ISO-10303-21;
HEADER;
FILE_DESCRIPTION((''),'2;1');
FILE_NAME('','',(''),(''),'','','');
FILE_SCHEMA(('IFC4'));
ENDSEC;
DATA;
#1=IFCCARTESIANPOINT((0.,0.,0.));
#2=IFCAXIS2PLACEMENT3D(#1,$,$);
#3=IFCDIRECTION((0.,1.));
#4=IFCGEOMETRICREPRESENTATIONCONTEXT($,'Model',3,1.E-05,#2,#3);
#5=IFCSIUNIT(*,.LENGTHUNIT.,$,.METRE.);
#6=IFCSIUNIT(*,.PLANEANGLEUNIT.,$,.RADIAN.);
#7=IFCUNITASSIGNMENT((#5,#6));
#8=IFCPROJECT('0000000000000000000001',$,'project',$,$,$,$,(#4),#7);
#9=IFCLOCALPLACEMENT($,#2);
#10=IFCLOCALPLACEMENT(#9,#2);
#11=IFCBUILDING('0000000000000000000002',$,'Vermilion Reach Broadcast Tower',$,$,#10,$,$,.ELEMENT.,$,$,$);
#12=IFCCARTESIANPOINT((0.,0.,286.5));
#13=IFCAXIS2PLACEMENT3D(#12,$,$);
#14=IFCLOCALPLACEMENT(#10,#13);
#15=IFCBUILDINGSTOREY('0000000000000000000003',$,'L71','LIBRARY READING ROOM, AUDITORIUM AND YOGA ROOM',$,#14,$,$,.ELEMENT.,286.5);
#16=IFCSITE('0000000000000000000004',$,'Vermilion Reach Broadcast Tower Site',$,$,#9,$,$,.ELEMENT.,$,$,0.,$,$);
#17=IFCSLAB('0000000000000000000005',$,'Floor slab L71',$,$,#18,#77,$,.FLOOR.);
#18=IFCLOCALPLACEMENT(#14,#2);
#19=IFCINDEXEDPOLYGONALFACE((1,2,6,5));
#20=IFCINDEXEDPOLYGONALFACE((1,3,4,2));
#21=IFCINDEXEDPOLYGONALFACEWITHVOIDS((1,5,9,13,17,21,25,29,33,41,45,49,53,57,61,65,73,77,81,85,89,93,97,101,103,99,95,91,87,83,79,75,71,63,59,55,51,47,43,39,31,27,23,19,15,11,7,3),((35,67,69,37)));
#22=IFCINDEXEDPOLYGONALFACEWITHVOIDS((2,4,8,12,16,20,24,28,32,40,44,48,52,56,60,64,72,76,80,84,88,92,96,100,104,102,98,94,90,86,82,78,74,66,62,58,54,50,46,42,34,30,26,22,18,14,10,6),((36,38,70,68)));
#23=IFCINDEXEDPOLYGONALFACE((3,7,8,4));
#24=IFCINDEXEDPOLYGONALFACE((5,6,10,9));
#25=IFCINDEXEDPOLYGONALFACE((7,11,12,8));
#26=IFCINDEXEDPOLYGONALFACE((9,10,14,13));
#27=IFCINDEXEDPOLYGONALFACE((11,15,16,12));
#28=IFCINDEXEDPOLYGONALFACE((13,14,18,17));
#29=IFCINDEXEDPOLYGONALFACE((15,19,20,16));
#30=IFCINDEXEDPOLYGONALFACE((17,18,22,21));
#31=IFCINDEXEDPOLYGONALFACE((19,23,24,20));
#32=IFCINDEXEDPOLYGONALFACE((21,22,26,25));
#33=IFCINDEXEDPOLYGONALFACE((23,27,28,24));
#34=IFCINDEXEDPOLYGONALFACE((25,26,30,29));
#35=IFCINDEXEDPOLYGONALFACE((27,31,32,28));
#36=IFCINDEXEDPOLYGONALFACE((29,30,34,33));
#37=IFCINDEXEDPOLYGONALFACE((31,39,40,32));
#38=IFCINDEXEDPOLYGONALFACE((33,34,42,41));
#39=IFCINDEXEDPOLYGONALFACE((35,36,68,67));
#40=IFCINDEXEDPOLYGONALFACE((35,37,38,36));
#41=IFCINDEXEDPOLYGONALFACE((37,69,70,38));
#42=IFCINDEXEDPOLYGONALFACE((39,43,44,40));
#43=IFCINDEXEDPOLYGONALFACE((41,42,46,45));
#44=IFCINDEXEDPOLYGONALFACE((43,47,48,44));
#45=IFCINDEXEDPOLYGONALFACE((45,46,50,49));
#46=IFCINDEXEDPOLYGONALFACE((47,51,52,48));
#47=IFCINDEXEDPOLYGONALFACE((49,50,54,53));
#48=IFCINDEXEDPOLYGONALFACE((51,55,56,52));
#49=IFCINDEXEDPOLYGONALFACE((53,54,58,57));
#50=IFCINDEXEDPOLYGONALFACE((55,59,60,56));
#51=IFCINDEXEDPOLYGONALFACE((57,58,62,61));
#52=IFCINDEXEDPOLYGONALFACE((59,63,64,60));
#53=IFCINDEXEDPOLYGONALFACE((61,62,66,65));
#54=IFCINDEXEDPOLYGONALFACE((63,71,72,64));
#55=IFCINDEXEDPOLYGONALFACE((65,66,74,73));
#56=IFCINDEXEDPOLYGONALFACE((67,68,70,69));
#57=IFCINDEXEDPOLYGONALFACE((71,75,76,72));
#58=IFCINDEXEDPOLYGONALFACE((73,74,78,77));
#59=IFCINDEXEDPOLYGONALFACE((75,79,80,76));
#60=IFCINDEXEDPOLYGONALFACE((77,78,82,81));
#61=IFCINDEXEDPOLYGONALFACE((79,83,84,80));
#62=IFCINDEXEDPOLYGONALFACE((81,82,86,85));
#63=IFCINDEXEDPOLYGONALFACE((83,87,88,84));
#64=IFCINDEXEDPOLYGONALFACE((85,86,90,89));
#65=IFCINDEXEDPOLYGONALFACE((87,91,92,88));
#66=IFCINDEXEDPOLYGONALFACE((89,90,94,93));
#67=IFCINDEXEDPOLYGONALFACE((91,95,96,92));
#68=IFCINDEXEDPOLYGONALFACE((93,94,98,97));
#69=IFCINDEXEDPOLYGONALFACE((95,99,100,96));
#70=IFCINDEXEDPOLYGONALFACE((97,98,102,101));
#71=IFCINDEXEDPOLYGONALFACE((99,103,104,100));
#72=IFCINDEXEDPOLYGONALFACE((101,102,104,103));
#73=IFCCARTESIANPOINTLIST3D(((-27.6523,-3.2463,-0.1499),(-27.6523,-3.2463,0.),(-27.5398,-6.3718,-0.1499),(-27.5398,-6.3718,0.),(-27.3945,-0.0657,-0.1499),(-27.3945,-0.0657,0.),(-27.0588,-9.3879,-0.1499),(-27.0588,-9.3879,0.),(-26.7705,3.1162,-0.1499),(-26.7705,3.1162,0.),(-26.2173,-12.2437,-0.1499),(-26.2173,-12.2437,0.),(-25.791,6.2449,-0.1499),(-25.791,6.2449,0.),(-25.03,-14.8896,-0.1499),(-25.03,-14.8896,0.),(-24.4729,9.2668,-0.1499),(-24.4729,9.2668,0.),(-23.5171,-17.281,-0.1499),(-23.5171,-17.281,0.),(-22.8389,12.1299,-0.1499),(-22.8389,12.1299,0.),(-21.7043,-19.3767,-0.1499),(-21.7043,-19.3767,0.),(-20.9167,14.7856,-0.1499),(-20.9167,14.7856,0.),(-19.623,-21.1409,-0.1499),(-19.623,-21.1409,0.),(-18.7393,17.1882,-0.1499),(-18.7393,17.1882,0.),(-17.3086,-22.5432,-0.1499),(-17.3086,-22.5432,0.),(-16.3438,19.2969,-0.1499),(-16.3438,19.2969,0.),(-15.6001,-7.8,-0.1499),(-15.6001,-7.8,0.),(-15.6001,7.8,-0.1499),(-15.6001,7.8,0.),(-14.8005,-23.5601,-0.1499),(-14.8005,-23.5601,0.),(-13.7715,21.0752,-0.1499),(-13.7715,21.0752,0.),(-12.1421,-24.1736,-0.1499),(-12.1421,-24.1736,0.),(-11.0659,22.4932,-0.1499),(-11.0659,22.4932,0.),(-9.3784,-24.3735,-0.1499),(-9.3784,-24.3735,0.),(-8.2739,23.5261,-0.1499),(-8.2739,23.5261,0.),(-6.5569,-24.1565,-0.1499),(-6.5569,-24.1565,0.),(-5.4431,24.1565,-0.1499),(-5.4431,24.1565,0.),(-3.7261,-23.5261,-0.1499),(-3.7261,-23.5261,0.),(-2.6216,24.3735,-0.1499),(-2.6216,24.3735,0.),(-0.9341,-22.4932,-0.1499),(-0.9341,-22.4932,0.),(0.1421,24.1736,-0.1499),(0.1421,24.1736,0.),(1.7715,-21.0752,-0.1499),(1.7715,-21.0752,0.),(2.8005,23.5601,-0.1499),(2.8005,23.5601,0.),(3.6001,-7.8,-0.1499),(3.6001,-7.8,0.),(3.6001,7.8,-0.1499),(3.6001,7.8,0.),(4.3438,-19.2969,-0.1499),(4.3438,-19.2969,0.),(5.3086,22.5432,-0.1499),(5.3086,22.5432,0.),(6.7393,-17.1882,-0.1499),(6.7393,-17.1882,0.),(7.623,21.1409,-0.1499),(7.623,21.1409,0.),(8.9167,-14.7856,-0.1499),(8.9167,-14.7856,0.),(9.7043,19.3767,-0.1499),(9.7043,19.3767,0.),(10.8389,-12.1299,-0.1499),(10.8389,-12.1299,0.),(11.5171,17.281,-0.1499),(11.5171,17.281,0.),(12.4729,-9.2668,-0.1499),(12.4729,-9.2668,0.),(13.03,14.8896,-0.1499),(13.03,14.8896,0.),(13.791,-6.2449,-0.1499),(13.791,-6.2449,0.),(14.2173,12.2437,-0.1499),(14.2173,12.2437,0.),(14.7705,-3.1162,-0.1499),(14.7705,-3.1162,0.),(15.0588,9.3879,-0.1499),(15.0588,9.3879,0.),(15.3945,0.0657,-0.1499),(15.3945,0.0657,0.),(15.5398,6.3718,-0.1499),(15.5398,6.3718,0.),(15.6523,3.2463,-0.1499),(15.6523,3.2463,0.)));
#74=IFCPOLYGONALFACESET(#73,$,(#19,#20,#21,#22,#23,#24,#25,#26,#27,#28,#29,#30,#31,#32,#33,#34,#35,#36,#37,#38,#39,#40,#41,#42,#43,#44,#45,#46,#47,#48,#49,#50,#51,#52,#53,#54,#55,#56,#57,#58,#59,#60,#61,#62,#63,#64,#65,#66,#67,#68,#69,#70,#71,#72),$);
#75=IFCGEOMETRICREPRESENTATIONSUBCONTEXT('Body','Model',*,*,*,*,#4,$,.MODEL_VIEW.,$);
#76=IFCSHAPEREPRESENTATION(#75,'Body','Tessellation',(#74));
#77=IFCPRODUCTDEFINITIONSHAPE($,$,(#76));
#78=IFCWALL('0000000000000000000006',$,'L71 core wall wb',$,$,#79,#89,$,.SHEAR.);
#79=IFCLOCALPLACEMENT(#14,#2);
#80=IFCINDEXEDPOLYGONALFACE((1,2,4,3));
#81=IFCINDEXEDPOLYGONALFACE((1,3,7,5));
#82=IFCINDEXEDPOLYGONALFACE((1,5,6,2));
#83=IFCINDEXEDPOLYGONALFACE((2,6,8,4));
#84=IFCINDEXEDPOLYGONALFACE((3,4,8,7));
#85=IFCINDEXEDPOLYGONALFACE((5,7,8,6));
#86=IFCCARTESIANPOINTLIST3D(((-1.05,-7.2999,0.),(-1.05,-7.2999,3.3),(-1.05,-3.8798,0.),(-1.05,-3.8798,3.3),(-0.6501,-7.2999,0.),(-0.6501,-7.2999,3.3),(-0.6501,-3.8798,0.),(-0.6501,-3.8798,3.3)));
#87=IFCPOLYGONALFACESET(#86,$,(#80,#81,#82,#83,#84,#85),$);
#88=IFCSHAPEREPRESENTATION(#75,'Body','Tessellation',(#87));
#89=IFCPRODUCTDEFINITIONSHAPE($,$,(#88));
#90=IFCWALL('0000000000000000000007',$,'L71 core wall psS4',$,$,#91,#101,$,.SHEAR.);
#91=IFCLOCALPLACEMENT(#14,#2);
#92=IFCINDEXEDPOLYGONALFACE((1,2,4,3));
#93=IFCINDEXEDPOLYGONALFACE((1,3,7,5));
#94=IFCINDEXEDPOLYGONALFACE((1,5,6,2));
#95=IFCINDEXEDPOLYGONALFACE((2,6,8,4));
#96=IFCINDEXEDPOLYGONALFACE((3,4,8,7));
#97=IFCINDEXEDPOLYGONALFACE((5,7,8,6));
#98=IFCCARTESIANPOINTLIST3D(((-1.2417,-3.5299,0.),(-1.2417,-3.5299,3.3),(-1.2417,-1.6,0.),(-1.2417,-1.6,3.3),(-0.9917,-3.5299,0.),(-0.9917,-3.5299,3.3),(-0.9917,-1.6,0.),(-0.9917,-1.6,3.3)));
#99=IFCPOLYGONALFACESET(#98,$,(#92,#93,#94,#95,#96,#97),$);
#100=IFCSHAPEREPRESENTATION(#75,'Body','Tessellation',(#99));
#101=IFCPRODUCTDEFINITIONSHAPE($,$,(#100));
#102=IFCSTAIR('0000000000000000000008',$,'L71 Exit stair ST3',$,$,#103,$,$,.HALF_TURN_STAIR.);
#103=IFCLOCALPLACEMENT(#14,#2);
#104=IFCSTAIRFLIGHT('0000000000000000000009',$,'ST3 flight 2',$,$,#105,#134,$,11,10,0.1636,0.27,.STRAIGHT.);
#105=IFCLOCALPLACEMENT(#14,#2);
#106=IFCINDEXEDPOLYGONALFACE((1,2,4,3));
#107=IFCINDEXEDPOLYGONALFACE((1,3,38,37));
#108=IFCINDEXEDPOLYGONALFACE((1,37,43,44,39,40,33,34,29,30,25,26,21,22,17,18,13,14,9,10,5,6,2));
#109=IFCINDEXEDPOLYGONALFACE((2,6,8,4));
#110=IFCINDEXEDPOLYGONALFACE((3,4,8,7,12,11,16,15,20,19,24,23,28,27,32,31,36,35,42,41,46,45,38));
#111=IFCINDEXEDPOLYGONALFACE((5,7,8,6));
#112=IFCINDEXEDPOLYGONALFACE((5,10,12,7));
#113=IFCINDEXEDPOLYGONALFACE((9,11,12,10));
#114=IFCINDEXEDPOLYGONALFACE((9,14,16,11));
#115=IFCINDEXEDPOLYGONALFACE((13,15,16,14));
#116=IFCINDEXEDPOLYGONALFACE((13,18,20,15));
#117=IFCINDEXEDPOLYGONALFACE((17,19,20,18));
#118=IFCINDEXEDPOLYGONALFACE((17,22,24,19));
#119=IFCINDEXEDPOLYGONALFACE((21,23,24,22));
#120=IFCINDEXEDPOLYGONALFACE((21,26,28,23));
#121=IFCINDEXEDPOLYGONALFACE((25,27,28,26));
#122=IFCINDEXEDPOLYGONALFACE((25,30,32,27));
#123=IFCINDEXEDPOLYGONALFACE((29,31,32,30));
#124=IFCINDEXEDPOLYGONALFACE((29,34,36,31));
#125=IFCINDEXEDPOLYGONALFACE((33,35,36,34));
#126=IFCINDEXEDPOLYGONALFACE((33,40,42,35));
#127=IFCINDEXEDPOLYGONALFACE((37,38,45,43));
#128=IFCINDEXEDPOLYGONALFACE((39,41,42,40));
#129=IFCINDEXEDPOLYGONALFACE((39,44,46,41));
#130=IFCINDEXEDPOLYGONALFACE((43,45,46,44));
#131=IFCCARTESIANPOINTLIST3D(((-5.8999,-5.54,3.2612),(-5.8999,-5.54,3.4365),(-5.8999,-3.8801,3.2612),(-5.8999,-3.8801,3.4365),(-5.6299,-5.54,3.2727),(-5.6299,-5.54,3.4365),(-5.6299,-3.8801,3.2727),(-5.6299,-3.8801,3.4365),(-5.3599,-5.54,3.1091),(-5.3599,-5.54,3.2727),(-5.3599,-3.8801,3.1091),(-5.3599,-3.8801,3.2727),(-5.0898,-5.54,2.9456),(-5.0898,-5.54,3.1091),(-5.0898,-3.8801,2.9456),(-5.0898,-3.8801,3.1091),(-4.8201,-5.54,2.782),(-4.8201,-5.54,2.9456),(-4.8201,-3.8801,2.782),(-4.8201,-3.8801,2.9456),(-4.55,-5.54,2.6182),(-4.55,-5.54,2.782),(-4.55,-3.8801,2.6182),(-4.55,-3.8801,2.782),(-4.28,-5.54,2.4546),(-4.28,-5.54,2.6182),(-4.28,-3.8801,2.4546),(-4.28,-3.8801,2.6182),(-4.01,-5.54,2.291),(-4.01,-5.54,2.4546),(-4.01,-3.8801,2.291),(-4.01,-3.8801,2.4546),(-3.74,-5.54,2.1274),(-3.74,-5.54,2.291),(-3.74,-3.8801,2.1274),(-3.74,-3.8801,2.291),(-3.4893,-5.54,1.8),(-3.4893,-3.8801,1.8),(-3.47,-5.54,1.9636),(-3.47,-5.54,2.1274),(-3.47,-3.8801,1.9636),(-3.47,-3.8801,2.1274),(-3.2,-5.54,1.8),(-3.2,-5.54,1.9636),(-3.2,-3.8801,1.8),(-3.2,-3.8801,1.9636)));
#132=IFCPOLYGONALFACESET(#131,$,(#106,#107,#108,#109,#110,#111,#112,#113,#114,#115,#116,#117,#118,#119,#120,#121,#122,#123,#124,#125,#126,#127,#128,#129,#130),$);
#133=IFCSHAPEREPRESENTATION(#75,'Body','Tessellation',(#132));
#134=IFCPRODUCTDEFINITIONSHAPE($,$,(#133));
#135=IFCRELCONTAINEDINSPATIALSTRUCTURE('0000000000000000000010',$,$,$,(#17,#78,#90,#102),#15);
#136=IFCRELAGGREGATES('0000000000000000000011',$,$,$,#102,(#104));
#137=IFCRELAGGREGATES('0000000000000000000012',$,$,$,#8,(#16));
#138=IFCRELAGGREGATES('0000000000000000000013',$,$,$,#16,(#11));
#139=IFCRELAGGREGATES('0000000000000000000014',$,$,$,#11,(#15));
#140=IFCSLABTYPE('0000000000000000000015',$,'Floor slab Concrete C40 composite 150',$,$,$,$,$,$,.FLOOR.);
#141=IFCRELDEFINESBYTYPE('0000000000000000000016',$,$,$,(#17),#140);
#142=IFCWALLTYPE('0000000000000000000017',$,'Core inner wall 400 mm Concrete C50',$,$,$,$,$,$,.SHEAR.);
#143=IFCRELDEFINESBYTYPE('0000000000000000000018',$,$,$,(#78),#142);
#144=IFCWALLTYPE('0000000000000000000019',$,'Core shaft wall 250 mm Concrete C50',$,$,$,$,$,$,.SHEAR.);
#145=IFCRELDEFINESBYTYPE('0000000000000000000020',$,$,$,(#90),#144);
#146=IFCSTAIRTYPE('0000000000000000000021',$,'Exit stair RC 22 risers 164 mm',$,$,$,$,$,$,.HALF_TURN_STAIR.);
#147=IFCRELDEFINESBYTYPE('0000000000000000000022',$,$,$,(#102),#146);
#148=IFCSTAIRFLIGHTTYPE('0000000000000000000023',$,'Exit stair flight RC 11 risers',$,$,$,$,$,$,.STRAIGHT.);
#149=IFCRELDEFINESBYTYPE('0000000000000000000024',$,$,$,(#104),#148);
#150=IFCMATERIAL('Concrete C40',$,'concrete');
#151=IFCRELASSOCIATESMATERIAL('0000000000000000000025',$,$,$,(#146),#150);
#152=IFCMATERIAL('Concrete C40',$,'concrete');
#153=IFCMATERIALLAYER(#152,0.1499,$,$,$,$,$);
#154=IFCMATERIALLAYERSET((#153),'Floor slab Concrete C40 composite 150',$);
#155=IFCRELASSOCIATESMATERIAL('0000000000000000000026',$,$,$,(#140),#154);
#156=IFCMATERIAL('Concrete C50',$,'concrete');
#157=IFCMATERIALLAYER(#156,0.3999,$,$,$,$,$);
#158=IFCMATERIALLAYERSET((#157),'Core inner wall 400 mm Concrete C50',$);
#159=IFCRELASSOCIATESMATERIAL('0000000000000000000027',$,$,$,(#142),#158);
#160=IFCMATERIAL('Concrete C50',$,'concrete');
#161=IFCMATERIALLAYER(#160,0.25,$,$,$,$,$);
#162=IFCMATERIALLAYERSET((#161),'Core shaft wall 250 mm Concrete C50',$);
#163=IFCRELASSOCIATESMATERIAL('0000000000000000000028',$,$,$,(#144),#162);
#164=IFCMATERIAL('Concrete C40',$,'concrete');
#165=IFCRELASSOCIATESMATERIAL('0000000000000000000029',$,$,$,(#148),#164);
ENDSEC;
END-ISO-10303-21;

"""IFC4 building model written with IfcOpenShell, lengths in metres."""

from ifc_helpers import new_model, si_unit, direction, frame, frame_2d, origin, place, context, subcontext, project, spatial, polyline, rectangle, outline, extrude, material, layer, layer_set, type_object, element, aggregate, save


model = new_model("IFC4")

# Units and contexts
model_context = context("Model", 3, precision=1e-05, world=origin(), true_north=direction((0.0, 1.0)))
body_context = subcontext(model_context, "Body", "Model", "MODEL_VIEW")
ifc_project = project(units=[si_unit("LENGTHUNIT", "METRE"), si_unit("PLANEANGLEUNIT", "RADIAN")], contexts=[model_context])

# Site, building, storey
site_placement = place(None, origin())
site = spatial("IfcSite", under=ifc_project, at=site_placement, Name="Vermilion Reach Broadcast Tower Site", CompositionType="ELEMENT", RefElevation=0.0)
building_placement = place(site_placement, origin())
building = spatial("IfcBuilding", under=site, at=building_placement, Name="Vermilion Reach Broadcast Tower", CompositionType="ELEMENT")
storey_placement = place(building_placement, frame((0.0, 0.0, 286.5)))
storey = spatial("IfcBuildingStorey", under=building, at=storey_placement, Name="L71", Description="LIBRARY READING ROOM, AUDITORIUM AND YOGA ROOM", CompositionType="ELEMENT", Elevation=286.5)

# Shared definitions
ifc_material_1 = material(Name="Concrete C40", Category="concrete")
stair_type = type_object("IfcStairType", Name="Exit stair RC 22 risers 164 mm", PredefinedType="HALF_TURN_STAIR", material=ifc_material_1)
placement_1 = place(storey_placement, origin())

# Slab
ifc_material_2 = material(Name="Concrete C40", Category="concrete")
ifc_layer_1 = layer(ifc_material_2, 0.1499)
ifc_layer_set_1 = layer_set([ifc_layer_1], Name="Floor slab Concrete C40 composite 150")
slab_type_1 = type_object("IfcSlabType", Name="Floor slab Concrete C40 composite 150", PredefinedType="FLOOR", material=ifc_layer_set_1)
slab_1_placement = place(storey_placement, frame((0.0, 0.0, -0.1499)))
element("IfcSlab", 1, at=slab_1_placement, inside=storey, type_object=slab_type_1, Name="Floor slab L71", PredefinedType="FLOOR", context=body_context, shape_type="SweptSolid", body=[
    extrude(outline(polyline([(5.3086, 22.5432), (2.8005, 23.5601), (0.1421, 24.1736), (-2.6216, 24.3735), (-5.4431, 24.1565), (-8.2739, 23.5261), (-11.0659, 22.4932), (-13.7715, 21.0752), (-16.3438, 19.2969), (-18.7393, 17.1882), (-20.9167, 14.7856), (-22.8389, 12.1299), (-24.4729, 9.2668), (-25.791, 6.2449), (-26.7705, 3.1162), (-27.3945, -0.0657), (-27.6523, -3.2463), (-27.5398, -6.3718), (-27.0588, -9.3879), (-26.2173, -12.2437), (-25.03, -14.8896), (-23.5171, -17.281), (-21.7043, -19.3767), (-19.623, -21.1409), (-17.3086, -22.5432), (-14.8005, -23.5601), (-12.1421, -24.1736), (-9.3784, -24.3735), (-6.5569, -24.1565), (-3.7261, -23.5261), (-0.9341, -22.4932), (1.7715, -21.0752), (4.3438, -19.2969), (6.7393, -17.1882), (8.9167, -14.7856), (10.8389, -12.1299), (12.4729, -9.2668), (13.791, -6.2449), (14.7705, -3.1162), (15.3945, 0.0657), (15.6523, 3.2463), (15.5398, 6.3718), (15.0588, 9.3879), (14.2173, 12.2437), (13.03, 14.8896), (11.5171, 17.281), (9.7043, 19.3767), (7.623, 21.1409), (5.3086, 22.5432)]), holes=[polyline([(-15.6001, -7.8), (3.6001, -7.8), (3.6001, 7.8), (-15.6001, 7.8), (-15.6001, -7.8)])]), origin(), (0.0, 0.0, 1.0), 0.1499),
])

# Walls
ifc_material_3 = material(Name="Concrete C50", Category="concrete")
ifc_layer_2 = layer(ifc_material_3, 0.3999)
ifc_layer_set_2 = layer_set([ifc_layer_2], Name="Core inner wall 400 mm Concrete C50")
wall_type_1 = type_object("IfcWallType", Name="Core inner wall 400 mm Concrete C50", PredefinedType="SHEAR", material=ifc_layer_set_2)
wall_1_placement = place(storey_placement, frame((-0.8501, -3.8799, 0.0), z_axis=(0.0, 0.0, 1.0), x_axis=(0.0, -1.0, 0.0)))
element("IfcWall", 2, at=wall_1_placement, inside=storey, type_object=wall_type_1, Name="L71 core wall wb", PredefinedType="SHEAR", context=body_context, shape_type="SweptSolid", body=[
    extrude(rectangle(XDim=3.4202, YDim=0.3999, at=frame_2d((1.71, 0.0))), origin(), (0.0, 0.0, 1.0), 3.3),
])
ifc_material_4 = material(Name="Concrete C50", Category="concrete")
ifc_layer_3 = layer(ifc_material_4, 0.25)
ifc_layer_set_3 = layer_set([ifc_layer_3], Name="Core shaft wall 250 mm Concrete C50")
wall_type_2 = type_object("IfcWallType", Name="Core shaft wall 250 mm Concrete C50", PredefinedType="SHEAR", material=ifc_layer_set_3)
wall_2_placement = place(storey_placement, frame((-1.1167, -1.6001, 0.0), z_axis=(0.0, 0.0, 1.0), x_axis=(0.0, -1.0, 0.0)))
element("IfcWall", 3, at=wall_2_placement, inside=storey, type_object=wall_type_2, Name="L71 core wall psS4", PredefinedType="SHEAR", context=body_context, shape_type="SweptSolid", body=[
    extrude(rectangle(XDim=1.9299, YDim=0.25, at=frame_2d((0.9648, 0.0))), origin(), (0.0, 0.0, 1.0), 3.3),
])

# Stair, stair flight
stair_1 = element("IfcStair", 4, at=placement_1, inside=storey, type_object=stair_type, Name="L71 Exit stair ST3", PredefinedType="HALF_TURN_STAIR")
ifc_material_5 = material(Name="Concrete C40", Category="concrete")
stair_flight_type = type_object("IfcStairFlightType", Name="Exit stair flight RC 11 risers", PredefinedType="STRAIGHT", material=ifc_material_5)
stair_flight_placement = place(storey_placement, frame((-3.2, -4.71, 1.8), z_axis=(0.0, 0.0, 1.0), x_axis=(-1.0, 0.0, 0.0)))
stair_flight = element("IfcStairFlight", 5, at=stair_flight_placement, type_object=stair_flight_type, Name="ST3 flight 2", NumberOfRisers=11, NumberOfTreads=10, PredefinedType="STRAIGHT", RiserHeight=0.1636, TreadLength=0.27, context=body_context, shape_type="SweptSolid", body=[
    extrude(outline(polyline([(0.0, 0.0), (0.0, 0.1636), (0.27, 0.1636), (0.27, 0.3274), (0.54, 0.3274), (0.54, 0.491), (0.8101, 0.491), (0.8101, 0.6545), (1.0801, 0.6545), (1.0801, 0.8181), (1.3501, 0.8181), (1.3501, 0.9819), (1.6201, 0.9819), (1.6201, 1.1455), (1.8899, 1.1455), (1.8899, 1.3091), (2.1599, 1.3091), (2.1599, 1.4727), (2.4299, 1.4727), (2.4299, 1.6365), (2.7, 1.6365), (2.7, 1.8), (2.7, 1.4612), (0.2893, 0.0), (0.0, 0.0)])), frame((0.0, 0.8301, 0.0), z_axis=(0.0, -1.0, 0.0), x_axis=(1.0, 0.0, 0.0)), (0.0, 0.0, 1.0), 1.6599),
])
aggregate(stair_1, [stair_flight])

save(model, "model.ifc")
